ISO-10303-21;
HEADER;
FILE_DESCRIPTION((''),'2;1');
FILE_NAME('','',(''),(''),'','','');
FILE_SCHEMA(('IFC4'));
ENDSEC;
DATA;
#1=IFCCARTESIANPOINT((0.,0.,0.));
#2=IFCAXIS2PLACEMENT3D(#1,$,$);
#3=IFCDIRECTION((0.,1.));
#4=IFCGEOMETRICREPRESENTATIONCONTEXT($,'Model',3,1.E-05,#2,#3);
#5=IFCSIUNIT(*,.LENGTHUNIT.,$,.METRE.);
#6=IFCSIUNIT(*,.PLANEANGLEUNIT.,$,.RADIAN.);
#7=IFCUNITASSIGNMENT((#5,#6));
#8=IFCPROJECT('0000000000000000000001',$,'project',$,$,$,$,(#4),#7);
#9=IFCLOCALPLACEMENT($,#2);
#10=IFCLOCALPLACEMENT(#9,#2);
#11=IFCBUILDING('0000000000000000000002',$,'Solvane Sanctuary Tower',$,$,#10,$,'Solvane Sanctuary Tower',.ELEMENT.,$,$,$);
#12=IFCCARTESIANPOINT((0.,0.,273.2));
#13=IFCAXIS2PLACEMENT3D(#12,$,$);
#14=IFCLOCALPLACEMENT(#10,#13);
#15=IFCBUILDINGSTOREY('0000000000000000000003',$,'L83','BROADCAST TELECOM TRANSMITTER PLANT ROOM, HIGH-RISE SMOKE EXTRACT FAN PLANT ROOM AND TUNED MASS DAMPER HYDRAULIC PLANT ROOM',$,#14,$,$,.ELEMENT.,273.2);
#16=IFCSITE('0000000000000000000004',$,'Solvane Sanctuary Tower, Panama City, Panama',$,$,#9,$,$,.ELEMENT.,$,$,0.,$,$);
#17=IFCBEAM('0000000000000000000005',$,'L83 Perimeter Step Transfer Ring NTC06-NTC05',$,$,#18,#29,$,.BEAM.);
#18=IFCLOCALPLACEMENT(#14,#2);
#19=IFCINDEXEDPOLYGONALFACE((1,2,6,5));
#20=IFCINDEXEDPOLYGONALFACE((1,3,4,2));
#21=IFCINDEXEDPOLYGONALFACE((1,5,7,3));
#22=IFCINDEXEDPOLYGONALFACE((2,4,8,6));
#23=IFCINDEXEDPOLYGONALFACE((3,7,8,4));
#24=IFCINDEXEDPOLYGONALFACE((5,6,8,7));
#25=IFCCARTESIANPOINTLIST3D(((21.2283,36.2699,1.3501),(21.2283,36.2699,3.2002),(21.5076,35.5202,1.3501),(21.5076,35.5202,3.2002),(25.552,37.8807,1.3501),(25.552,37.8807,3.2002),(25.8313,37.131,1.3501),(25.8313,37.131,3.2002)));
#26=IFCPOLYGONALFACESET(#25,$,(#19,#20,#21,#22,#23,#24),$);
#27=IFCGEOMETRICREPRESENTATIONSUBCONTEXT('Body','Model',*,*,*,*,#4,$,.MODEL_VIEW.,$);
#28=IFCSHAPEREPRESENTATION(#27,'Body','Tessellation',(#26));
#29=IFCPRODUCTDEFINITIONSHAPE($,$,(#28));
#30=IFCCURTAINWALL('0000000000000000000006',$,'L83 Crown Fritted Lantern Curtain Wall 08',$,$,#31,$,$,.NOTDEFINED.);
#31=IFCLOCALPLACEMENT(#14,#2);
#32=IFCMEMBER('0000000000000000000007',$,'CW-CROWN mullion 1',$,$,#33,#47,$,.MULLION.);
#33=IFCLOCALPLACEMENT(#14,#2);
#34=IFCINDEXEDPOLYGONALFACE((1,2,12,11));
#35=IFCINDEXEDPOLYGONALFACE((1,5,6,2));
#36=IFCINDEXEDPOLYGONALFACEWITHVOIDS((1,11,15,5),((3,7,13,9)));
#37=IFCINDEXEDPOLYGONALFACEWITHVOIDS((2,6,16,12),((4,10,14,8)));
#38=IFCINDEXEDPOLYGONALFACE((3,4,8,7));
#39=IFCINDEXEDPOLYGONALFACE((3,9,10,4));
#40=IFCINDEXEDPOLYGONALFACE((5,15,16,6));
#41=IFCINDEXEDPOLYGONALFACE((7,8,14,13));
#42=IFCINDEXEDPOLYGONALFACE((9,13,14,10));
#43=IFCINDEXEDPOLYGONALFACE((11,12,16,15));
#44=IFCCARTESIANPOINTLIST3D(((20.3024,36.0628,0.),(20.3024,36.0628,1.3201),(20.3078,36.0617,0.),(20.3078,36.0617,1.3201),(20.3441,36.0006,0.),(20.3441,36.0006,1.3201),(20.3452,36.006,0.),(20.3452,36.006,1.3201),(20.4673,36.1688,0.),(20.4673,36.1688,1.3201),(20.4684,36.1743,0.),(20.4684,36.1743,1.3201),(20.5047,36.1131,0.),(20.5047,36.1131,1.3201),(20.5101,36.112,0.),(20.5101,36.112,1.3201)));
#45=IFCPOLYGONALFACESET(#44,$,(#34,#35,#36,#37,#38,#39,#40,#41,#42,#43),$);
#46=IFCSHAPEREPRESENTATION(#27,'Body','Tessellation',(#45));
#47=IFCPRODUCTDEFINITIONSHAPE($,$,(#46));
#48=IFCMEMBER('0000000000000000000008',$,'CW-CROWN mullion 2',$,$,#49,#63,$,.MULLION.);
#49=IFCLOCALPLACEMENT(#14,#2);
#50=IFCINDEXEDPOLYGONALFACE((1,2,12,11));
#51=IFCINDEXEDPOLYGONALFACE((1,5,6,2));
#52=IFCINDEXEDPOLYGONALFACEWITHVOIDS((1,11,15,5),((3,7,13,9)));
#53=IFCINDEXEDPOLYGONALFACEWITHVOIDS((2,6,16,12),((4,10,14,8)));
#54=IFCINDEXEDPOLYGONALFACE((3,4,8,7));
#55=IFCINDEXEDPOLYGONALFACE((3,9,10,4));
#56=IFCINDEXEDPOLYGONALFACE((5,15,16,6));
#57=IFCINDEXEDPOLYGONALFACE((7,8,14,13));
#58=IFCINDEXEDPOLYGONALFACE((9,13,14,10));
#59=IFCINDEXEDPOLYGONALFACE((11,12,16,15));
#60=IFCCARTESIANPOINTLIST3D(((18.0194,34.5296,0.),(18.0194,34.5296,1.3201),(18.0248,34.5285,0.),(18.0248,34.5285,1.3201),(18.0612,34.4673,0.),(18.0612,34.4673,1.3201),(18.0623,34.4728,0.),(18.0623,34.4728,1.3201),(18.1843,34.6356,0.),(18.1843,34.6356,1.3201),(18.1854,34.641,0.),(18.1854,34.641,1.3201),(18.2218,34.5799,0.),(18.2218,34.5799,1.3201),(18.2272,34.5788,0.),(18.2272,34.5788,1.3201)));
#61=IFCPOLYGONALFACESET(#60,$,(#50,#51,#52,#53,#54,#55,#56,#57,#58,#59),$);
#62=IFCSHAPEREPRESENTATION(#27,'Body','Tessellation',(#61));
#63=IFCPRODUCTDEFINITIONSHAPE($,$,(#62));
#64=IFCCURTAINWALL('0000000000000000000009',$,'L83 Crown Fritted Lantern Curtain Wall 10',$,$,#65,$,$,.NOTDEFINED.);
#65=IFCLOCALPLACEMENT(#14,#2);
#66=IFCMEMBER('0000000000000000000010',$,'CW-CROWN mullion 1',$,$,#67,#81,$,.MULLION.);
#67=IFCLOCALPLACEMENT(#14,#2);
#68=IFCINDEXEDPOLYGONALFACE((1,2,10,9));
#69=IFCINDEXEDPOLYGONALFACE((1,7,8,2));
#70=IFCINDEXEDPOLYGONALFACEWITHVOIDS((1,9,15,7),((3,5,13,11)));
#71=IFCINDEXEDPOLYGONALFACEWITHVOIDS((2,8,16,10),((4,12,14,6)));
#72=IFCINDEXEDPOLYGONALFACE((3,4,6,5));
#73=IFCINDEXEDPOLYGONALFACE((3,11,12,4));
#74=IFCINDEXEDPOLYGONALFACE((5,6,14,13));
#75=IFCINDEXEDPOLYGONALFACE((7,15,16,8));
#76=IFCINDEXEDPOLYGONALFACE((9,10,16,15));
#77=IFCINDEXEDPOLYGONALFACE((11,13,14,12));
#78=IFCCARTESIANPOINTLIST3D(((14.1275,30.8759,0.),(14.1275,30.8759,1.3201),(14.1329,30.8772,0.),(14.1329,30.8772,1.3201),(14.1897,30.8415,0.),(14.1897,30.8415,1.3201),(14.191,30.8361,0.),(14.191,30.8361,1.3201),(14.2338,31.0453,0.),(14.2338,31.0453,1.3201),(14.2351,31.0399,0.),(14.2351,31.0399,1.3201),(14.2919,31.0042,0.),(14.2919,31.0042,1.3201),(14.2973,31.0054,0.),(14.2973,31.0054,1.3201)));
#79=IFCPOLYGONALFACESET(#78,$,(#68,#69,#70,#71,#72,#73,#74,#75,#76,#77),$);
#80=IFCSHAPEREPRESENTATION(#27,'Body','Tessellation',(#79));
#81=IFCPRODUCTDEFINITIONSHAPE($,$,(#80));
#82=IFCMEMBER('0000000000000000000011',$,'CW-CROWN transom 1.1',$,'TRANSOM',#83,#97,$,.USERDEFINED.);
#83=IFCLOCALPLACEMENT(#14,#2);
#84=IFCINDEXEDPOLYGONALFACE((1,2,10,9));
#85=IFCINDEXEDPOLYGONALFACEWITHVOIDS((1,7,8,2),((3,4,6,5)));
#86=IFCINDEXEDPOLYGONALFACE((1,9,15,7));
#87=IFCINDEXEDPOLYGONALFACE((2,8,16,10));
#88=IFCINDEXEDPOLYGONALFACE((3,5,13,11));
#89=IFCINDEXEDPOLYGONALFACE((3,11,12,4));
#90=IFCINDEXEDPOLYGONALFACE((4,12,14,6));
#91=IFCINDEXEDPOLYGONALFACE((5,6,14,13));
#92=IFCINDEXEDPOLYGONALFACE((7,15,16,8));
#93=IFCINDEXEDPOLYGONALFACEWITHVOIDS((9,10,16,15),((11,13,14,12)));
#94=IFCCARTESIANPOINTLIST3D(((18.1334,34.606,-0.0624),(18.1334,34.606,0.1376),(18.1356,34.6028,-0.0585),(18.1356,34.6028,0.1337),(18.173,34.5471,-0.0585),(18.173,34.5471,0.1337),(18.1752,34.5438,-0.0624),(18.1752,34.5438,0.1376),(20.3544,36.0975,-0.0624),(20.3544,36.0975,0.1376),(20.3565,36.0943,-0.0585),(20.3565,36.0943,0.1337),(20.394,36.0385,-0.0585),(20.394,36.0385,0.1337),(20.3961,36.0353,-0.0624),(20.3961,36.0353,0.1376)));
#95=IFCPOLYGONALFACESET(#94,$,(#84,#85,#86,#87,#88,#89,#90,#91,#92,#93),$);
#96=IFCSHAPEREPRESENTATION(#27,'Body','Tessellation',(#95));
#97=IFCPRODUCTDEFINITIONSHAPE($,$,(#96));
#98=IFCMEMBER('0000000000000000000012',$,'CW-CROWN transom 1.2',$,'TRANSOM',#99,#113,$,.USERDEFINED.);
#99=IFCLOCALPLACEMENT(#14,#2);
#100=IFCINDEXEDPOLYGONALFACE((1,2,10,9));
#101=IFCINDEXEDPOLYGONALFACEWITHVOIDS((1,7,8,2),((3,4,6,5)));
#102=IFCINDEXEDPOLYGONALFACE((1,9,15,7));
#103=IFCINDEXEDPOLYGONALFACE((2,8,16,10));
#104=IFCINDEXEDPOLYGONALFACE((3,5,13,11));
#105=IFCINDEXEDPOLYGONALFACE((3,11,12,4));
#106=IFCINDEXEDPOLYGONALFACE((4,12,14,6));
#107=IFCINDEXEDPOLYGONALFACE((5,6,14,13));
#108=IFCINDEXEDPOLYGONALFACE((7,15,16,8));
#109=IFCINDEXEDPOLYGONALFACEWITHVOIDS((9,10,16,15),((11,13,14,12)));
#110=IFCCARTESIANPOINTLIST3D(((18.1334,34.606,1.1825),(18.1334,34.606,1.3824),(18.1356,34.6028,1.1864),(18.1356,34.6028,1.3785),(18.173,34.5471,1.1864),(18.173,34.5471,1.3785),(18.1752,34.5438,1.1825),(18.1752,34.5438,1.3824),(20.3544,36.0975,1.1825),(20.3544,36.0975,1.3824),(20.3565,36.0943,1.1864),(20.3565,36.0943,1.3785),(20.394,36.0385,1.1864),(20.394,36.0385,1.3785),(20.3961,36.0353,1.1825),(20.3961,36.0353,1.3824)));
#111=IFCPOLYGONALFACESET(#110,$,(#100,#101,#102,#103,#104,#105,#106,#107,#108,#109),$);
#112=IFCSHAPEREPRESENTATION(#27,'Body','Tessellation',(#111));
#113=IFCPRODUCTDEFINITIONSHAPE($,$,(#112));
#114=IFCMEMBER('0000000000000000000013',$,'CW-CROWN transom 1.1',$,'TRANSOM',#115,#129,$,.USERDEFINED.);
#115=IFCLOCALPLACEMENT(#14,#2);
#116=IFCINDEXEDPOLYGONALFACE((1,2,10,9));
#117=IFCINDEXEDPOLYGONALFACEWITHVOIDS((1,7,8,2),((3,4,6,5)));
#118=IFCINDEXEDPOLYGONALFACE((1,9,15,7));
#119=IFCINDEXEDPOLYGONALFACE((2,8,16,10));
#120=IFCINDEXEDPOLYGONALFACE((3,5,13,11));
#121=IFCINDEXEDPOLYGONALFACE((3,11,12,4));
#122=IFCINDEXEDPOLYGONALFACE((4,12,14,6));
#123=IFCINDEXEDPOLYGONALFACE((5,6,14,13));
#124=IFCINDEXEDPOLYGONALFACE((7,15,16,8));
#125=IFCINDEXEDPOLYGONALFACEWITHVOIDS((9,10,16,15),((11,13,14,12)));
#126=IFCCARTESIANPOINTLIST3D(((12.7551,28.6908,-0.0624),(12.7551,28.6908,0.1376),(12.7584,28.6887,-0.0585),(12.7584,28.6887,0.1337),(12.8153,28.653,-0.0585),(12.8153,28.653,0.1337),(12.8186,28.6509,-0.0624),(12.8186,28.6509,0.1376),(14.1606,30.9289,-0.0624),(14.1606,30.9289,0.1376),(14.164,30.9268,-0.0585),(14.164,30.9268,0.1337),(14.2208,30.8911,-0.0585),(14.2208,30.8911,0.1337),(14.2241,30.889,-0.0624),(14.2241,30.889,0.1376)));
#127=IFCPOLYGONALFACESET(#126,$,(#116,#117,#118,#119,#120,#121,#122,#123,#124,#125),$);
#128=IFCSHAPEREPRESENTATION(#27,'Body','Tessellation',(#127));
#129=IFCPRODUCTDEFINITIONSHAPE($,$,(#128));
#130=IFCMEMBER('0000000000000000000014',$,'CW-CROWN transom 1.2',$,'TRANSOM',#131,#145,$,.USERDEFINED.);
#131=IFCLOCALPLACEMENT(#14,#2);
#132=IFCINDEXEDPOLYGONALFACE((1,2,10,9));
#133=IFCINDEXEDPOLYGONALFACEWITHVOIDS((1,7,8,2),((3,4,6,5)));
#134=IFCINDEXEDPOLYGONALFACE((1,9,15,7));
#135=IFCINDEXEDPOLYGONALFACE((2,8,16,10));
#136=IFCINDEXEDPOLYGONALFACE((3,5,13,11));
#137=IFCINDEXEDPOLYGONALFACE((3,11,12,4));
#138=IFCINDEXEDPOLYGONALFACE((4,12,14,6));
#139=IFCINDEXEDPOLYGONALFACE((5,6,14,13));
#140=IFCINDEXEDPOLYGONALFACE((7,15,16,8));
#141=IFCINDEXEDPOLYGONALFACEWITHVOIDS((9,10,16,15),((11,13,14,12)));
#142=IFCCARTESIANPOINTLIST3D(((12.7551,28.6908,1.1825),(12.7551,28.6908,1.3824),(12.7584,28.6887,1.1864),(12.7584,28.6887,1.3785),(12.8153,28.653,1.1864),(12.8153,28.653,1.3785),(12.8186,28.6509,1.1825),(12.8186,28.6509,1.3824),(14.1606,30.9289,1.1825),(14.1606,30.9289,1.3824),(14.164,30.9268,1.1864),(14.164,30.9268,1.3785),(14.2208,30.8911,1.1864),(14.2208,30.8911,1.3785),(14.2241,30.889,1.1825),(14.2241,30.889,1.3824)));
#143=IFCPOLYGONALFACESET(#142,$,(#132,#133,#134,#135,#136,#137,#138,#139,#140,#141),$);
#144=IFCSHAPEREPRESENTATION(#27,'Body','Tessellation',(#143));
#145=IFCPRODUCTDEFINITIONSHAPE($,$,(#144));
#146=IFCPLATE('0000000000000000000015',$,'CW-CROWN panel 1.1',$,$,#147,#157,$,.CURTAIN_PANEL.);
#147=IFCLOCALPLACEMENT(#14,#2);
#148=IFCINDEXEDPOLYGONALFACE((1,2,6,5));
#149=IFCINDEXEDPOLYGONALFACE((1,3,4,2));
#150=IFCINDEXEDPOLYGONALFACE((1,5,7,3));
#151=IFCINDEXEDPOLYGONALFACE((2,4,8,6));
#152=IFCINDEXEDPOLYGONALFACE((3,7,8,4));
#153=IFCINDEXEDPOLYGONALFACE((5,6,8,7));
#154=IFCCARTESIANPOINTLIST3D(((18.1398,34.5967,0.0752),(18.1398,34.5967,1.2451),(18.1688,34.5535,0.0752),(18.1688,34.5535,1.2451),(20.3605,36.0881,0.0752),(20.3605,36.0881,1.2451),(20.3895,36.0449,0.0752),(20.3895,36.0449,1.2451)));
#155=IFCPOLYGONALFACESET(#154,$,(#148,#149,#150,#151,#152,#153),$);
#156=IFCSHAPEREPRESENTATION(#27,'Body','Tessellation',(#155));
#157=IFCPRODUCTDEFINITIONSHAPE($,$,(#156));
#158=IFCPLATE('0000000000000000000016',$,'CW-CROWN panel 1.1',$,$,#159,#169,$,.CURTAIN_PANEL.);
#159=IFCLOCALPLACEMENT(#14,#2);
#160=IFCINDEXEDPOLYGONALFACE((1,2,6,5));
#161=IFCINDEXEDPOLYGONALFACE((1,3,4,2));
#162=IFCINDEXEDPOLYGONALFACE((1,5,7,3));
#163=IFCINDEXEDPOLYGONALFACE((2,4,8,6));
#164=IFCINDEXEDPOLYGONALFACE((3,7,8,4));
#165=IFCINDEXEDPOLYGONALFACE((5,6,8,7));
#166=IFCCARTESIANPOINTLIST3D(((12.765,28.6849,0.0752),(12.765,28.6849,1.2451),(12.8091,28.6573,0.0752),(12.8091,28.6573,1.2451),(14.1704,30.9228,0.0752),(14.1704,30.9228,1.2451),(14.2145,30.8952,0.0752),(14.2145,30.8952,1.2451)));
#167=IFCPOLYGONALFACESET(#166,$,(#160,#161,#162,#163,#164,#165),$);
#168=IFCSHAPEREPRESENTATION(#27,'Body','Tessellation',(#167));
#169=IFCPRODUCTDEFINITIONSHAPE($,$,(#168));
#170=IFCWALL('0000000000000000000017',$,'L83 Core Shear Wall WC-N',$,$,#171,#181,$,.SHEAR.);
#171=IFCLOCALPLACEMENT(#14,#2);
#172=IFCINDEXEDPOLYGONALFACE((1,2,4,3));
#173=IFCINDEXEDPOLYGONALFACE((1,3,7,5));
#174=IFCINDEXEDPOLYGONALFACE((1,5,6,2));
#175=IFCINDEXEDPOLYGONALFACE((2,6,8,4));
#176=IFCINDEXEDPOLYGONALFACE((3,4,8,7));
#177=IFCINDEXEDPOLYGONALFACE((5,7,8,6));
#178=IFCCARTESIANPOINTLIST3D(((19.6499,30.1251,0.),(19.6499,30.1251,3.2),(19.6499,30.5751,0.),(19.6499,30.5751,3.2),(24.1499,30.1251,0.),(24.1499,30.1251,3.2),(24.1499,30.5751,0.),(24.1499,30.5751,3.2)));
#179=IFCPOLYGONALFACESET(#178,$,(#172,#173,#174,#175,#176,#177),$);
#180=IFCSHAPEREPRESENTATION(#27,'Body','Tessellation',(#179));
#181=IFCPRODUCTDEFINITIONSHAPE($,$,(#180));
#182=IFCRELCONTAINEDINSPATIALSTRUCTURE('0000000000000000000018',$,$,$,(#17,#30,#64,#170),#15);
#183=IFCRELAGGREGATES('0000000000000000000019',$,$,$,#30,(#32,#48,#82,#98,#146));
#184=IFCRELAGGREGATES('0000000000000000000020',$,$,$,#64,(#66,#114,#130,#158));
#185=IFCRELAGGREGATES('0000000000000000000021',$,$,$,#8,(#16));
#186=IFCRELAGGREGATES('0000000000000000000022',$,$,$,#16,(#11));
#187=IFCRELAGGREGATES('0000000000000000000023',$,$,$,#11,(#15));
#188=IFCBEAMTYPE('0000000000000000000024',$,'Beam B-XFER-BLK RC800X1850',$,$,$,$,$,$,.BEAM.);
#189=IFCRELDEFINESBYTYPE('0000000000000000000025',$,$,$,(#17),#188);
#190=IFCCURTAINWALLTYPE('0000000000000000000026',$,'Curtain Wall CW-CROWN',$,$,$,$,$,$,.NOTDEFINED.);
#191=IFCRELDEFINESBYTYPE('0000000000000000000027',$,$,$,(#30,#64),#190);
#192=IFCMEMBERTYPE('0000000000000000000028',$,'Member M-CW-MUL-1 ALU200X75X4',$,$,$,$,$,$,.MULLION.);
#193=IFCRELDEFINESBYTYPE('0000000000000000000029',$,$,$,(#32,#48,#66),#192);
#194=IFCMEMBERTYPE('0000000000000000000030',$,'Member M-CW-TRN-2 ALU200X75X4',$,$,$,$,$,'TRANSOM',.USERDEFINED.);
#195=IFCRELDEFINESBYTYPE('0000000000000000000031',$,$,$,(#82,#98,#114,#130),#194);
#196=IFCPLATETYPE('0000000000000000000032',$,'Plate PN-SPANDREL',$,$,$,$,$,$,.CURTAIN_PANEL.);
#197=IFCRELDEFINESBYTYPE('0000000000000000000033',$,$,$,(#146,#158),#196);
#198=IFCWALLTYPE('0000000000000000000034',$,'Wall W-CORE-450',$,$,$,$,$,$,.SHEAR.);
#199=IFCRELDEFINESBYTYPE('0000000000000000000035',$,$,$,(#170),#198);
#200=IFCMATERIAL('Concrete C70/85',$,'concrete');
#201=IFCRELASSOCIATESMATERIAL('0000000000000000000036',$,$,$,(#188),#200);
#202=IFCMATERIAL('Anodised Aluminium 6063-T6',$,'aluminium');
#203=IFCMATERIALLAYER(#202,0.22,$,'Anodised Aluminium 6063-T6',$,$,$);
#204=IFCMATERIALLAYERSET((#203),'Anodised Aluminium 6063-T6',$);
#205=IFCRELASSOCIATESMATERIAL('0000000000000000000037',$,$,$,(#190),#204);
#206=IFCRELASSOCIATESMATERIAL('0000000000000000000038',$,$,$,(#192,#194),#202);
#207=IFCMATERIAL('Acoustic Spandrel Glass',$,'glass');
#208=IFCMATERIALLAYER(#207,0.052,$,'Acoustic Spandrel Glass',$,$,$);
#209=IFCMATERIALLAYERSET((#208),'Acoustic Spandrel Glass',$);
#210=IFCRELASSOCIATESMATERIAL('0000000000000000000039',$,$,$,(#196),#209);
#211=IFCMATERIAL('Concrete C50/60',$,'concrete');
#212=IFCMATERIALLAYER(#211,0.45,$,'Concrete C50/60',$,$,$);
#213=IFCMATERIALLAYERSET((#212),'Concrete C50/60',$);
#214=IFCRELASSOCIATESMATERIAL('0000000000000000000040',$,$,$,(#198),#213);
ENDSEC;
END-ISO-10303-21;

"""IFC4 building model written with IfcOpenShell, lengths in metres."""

from ifc_helpers import new_model, si_unit, direction, frame, frame_2d, origin, origin_2d, place, context, subcontext, project, spatial, rectangle, hollow_rectangle, extrude, material, layer, layer_set, material_profile, profile_set, type_object, element, aggregate, save


model = new_model("IFC4")

# Units and contexts
model_context = context("Model", 3, precision=1e-05, world=origin(), true_north=direction((0.0, 1.0)))
body_context = subcontext(model_context, "Body", "Model", "MODEL_VIEW")
ifc_project = project(units=[si_unit("LENGTHUNIT", "METRE"), si_unit("PLANEANGLEUNIT", "RADIAN")], contexts=[model_context])

# Site, building, storey
site_placement = place(None, origin())
site = spatial("IfcSite", under=ifc_project, at=site_placement, Name="Solvane Sanctuary Tower, Panama City, Panama", CompositionType="ELEMENT", RefElevation=0.0)
building_placement = place(site_placement, origin())
building = spatial("IfcBuilding", under=site, at=building_placement, Name="Solvane Sanctuary Tower", LongName="Solvane Sanctuary Tower", CompositionType="ELEMENT")
storey_placement = place(building_placement, frame((0.0, 0.0, 273.2)))
storey = spatial("IfcBuildingStorey", under=building, at=storey_placement, Name="L83", Description="BROADCAST TELECOM TRANSMITTER PLANT ROOM, HIGH-RISE SMOKE EXTRACT FAN PLANT ROOM AND TUNED MASS DAMPER HYDRAULIC PLANT ROOM", CompositionType="ELEMENT", Elevation=273.2)

# Shared definitions
ifc_material_1 = material(Name="Concrete C70/85", Category="concrete")

# Beam
ifc_material_profile_1 = material_profile(ifc_material_1, rectangle(XDim=0.8, YDim=1.8501, at=origin_2d()), Name="RC800X1850")
ifc_profile_set_1 = profile_set([ifc_material_profile_1], Name="Concrete C70/85")
beam_type_1 = type_object("IfcBeamType", Name="Beam B-XFER-BLK RC800X1850", PredefinedType="BEAM", material=ifc_profile_set_1)
beam_1_placement = place(storey_placement, frame((21.3679, 35.895, 2.2751), z_axis=(0.937079, 0.349116, 0.0), x_axis=(-0.349116, 0.937079, 0.0)))
element("IfcBeam", 1, at=beam_1_placement, inside=storey, type_object=beam_type_1, Name="L83 Perimeter Step Transfer Ring NTC06-NTC05", PredefinedType="BEAM", context=body_context, shape_type="SweptSolid", body=[
    extrude(rectangle(XDim=0.8, YDim=1.8501, at=origin_2d()), origin(), (0.0, 0.0, 1.0), 4.614),
])

# Curtain wall, members
ifc_material_2 = material(Name="Anodised Aluminium 6063-T6", Category="aluminium")
ifc_layer_1 = layer(ifc_material_2, 0.22, Name="Anodised Aluminium 6063-T6")
ifc_layer_set_1 = layer_set([ifc_layer_1], Name="Anodised Aluminium 6063-T6")
curtain_wall_type = type_object("IfcCurtainWallType", Name="Curtain Wall CW-CROWN", PredefinedType="NOTDEFINED", material=ifc_layer_set_1)
curtain_wall_1_placement = place(storey_placement, origin())
curtain_wall_1 = element("IfcCurtainWall", 2, at=curtain_wall_1_placement, inside=storey, type_object=curtain_wall_type, Name="L83 Crown Fritted Lantern Curtain Wall 08", PredefinedType="NOTDEFINED")
ifc_material_profile_2 = material_profile(ifc_material_2, hollow_rectangle(XDim=0.075, YDim=0.2, WallThickness=0.0039, at=origin_2d()), Name="ALU200X75X4")
ifc_profile_set_2 = profile_set([ifc_material_profile_2], Name="Anodised Aluminium 6063-T6")
member_type_1 = type_object("IfcMemberType", Name="Member M-CW-MUL-1 ALU200X75X4", PredefinedType="MULLION", material=ifc_profile_set_2)
member_1_placement = place(storey_placement, frame((20.4062, 36.0874, 0.0), z_axis=(0.0, 0.0, 1.0), x_axis=(0.557531, -0.830156, 0.0)))
member_1 = element("IfcMember", 3, at=member_1_placement, type_object=member_type_1, Name="CW-CROWN mullion 1", PredefinedType="MULLION", context=body_context, shape_type="SweptSolid", body=[
    extrude(hollow_rectangle(XDim=0.075, YDim=0.2, WallThickness=0.0039, at=origin_2d()), origin(), (0.0, 0.0, 1.0), 1.3201),
])
member_2_placement = place(storey_placement, frame((18.1233, 34.5542, 0.0), z_axis=(0.0, 0.0, 1.0), x_axis=(0.557531, -0.830156, 0.0)))
member_2 = element("IfcMember", 4, at=member_2_placement, type_object=member_type_1, Name="CW-CROWN mullion 2", PredefinedType="MULLION", context=body_context, shape_type="SweptSolid", body=[
    extrude(hollow_rectangle(XDim=0.075, YDim=0.2, WallThickness=0.0039, at=origin_2d()), origin(), (0.0, 0.0, 1.0), 1.3201),
])

# Curtain wall, member
curtain_wall_2_placement = place(storey_placement, origin())
curtain_wall_2 = element("IfcCurtainWall", 5, at=curtain_wall_2_placement, inside=storey, type_object=curtain_wall_type, Name="L83 Crown Fritted Lantern Curtain Wall 10", PredefinedType="NOTDEFINED")
member_3_placement = place(storey_placement, frame((14.2124, 30.9407, 0.0), z_axis=(0.0, 0.0, 1.0), x_axis=(0.846858, -0.531819, 0.0)))
member_3 = element("IfcMember", 6, at=member_3_placement, type_object=member_type_1, Name="CW-CROWN mullion 1", PredefinedType="MULLION", context=body_context, shape_type="SweptSolid", body=[
    extrude(hollow_rectangle(XDim=0.075, YDim=0.2, WallThickness=0.0039, at=origin_2d()), origin(), (0.0, 0.0, 1.0), 1.3201),
])

# Members
ifc_material_profile_3 = material_profile(ifc_material_2, hollow_rectangle(XDim=0.075, YDim=0.2, WallThickness=0.0039, at=origin_2d()), Name="ALU200X75X4")
ifc_profile_set_3 = profile_set([ifc_material_profile_3], Name="Anodised Aluminium 6063-T6")
member_type_2 = type_object("IfcMemberType", Name="Member M-CW-TRN-2 ALU200X75X4", ElementType="TRANSOM", PredefinedType="USERDEFINED", material=ifc_profile_set_3)
member_4_placement = place(storey_placement, frame((20.3752, 36.0664, 0.0376), z_axis=(-0.830178, -0.557498, 0.0), x_axis=(0.557498, -0.830178, 0.0)))
member_4 = element("IfcMember", 7, at=member_4_placement, type_object=member_type_2, Name="CW-CROWN transom 1.1", ObjectType="TRANSOM", PredefinedType="USERDEFINED", context=body_context, shape_type="SweptSolid", body=[
    extrude(hollow_rectangle(XDim=0.075, YDim=0.2, WallThickness=0.0039, at=origin_2d()), origin(), (0.0, 0.0, 1.0), 2.6753),
])
member_5_placement = place(storey_placement, frame((20.3752, 36.0664, 1.2825), z_axis=(-0.830178, -0.557498, 0.0), x_axis=(0.557498, -0.830178, 0.0)))
member_5 = element("IfcMember", 8, at=member_5_placement, type_object=member_type_2, Name="CW-CROWN transom 1.2", ObjectType="TRANSOM", PredefinedType="USERDEFINED", context=body_context, shape_type="SweptSolid", body=[
    extrude(hollow_rectangle(XDim=0.075, YDim=0.2, WallThickness=0.0039, at=origin_2d()), origin(), (0.0, 0.0, 1.0), 2.6753),
])
member_6_placement = place(storey_placement, frame((14.1924, 30.9089, 0.0376), z_axis=(-0.531833, -0.846849, 0.0), x_axis=(0.846849, -0.531833, 0.0)))
member_6 = element("IfcMember", 9, at=member_6_placement, type_object=member_type_2, Name="CW-CROWN transom 1.1", ObjectType="TRANSOM", PredefinedType="USERDEFINED", context=body_context, shape_type="SweptSolid", body=[
    extrude(hollow_rectangle(XDim=0.075, YDim=0.2, WallThickness=0.0039, at=origin_2d()), origin(), (0.0, 0.0, 1.0), 2.6428),
])
member_7_placement = place(storey_placement, frame((14.1924, 30.9089, 1.2825), z_axis=(-0.531833, -0.846849, 0.0), x_axis=(0.846849, -0.531833, 0.0)))
member_7 = element("IfcMember", 10, at=member_7_placement, type_object=member_type_2, Name="CW-CROWN transom 1.2", ObjectType="TRANSOM", PredefinedType="USERDEFINED", context=body_context, shape_type="SweptSolid", body=[
    extrude(hollow_rectangle(XDim=0.075, YDim=0.2, WallThickness=0.0039, at=origin_2d()), origin(), (0.0, 0.0, 1.0), 2.6428),
])

# Plates
ifc_material_3 = material(Name="Acoustic Spandrel Glass", Category="glass")
ifc_layer_2 = layer(ifc_material_3, 0.052, Name="Acoustic Spandrel Glass")
ifc_layer_set_2 = layer_set([ifc_layer_2], Name="Acoustic Spandrel Glass")
plate_type = type_object("IfcPlateType", Name="Plate PN-SPANDREL", PredefinedType="CURTAIN_PANEL", material=ifc_layer_set_2)
plate_1_placement = place(storey_placement, frame((19.2646, 35.3208, 0.0752), z_axis=(0.0, 0.0, 1.0), x_axis=(-0.830156, -0.557531, 0.0)))
plate_1 = element("IfcPlate", 11, at=plate_1_placement, type_object=plate_type, Name="CW-CROWN panel 1.1", PredefinedType="CURTAIN_PANEL", context=body_context, shape_type="SweptSolid", body=[
    extrude(rectangle(XDim=2.675, YDim=0.052, at=origin_2d()), origin(), (0.0, 0.0, 1.0), 1.1699),
])
aggregate(curtain_wall_1, [member_1, member_2, member_4, member_5, plate_1])
plate_2_placement = place(storey_placement, frame((13.4897, 29.79, 0.0752), z_axis=(0.0, 0.0, 1.0), x_axis=(-0.531819, -0.846858, 0.0)))
plate_2 = element("IfcPlate", 12, at=plate_2_placement, type_object=plate_type, Name="CW-CROWN panel 1.1", PredefinedType="CURTAIN_PANEL", context=body_context, shape_type="SweptSolid", body=[
    extrude(rectangle(XDim=2.6426, YDim=0.052, at=origin_2d()), origin(), (0.0, 0.0, 1.0), 1.1699),
])
aggregate(curtain_wall_2, [member_3, member_6, member_7, plate_2])

# Wall
ifc_material_4 = material(Name="Concrete C50/60", Category="concrete")
ifc_layer_3 = layer(ifc_material_4, 0.45, Name="Concrete C50/60")
ifc_layer_set_3 = layer_set([ifc_layer_3], Name="Concrete C50/60")
wall_type_1 = type_object("IfcWallType", Name="Wall W-CORE-450", PredefinedType="SHEAR", material=ifc_layer_set_3)
wall_1_placement = place(storey_placement, frame((19.6499, 30.3501, 0.0), z_axis=(0.0, 0.0, 1.0), x_axis=(1.0, 0.0, 0.0)))
element("IfcWall", 13, at=wall_1_placement, inside=storey, type_object=wall_type_1, Name="L83 Core Shear Wall WC-N", PredefinedType="SHEAR", context=body_context, shape_type="SweptSolid", body=[
    extrude(rectangle(XDim=4.5, YDim=0.45, at=frame_2d((2.25, 0.0))), origin(), (0.0, 0.0, 1.0), 3.2),
])

save(model, "model.ifc")
